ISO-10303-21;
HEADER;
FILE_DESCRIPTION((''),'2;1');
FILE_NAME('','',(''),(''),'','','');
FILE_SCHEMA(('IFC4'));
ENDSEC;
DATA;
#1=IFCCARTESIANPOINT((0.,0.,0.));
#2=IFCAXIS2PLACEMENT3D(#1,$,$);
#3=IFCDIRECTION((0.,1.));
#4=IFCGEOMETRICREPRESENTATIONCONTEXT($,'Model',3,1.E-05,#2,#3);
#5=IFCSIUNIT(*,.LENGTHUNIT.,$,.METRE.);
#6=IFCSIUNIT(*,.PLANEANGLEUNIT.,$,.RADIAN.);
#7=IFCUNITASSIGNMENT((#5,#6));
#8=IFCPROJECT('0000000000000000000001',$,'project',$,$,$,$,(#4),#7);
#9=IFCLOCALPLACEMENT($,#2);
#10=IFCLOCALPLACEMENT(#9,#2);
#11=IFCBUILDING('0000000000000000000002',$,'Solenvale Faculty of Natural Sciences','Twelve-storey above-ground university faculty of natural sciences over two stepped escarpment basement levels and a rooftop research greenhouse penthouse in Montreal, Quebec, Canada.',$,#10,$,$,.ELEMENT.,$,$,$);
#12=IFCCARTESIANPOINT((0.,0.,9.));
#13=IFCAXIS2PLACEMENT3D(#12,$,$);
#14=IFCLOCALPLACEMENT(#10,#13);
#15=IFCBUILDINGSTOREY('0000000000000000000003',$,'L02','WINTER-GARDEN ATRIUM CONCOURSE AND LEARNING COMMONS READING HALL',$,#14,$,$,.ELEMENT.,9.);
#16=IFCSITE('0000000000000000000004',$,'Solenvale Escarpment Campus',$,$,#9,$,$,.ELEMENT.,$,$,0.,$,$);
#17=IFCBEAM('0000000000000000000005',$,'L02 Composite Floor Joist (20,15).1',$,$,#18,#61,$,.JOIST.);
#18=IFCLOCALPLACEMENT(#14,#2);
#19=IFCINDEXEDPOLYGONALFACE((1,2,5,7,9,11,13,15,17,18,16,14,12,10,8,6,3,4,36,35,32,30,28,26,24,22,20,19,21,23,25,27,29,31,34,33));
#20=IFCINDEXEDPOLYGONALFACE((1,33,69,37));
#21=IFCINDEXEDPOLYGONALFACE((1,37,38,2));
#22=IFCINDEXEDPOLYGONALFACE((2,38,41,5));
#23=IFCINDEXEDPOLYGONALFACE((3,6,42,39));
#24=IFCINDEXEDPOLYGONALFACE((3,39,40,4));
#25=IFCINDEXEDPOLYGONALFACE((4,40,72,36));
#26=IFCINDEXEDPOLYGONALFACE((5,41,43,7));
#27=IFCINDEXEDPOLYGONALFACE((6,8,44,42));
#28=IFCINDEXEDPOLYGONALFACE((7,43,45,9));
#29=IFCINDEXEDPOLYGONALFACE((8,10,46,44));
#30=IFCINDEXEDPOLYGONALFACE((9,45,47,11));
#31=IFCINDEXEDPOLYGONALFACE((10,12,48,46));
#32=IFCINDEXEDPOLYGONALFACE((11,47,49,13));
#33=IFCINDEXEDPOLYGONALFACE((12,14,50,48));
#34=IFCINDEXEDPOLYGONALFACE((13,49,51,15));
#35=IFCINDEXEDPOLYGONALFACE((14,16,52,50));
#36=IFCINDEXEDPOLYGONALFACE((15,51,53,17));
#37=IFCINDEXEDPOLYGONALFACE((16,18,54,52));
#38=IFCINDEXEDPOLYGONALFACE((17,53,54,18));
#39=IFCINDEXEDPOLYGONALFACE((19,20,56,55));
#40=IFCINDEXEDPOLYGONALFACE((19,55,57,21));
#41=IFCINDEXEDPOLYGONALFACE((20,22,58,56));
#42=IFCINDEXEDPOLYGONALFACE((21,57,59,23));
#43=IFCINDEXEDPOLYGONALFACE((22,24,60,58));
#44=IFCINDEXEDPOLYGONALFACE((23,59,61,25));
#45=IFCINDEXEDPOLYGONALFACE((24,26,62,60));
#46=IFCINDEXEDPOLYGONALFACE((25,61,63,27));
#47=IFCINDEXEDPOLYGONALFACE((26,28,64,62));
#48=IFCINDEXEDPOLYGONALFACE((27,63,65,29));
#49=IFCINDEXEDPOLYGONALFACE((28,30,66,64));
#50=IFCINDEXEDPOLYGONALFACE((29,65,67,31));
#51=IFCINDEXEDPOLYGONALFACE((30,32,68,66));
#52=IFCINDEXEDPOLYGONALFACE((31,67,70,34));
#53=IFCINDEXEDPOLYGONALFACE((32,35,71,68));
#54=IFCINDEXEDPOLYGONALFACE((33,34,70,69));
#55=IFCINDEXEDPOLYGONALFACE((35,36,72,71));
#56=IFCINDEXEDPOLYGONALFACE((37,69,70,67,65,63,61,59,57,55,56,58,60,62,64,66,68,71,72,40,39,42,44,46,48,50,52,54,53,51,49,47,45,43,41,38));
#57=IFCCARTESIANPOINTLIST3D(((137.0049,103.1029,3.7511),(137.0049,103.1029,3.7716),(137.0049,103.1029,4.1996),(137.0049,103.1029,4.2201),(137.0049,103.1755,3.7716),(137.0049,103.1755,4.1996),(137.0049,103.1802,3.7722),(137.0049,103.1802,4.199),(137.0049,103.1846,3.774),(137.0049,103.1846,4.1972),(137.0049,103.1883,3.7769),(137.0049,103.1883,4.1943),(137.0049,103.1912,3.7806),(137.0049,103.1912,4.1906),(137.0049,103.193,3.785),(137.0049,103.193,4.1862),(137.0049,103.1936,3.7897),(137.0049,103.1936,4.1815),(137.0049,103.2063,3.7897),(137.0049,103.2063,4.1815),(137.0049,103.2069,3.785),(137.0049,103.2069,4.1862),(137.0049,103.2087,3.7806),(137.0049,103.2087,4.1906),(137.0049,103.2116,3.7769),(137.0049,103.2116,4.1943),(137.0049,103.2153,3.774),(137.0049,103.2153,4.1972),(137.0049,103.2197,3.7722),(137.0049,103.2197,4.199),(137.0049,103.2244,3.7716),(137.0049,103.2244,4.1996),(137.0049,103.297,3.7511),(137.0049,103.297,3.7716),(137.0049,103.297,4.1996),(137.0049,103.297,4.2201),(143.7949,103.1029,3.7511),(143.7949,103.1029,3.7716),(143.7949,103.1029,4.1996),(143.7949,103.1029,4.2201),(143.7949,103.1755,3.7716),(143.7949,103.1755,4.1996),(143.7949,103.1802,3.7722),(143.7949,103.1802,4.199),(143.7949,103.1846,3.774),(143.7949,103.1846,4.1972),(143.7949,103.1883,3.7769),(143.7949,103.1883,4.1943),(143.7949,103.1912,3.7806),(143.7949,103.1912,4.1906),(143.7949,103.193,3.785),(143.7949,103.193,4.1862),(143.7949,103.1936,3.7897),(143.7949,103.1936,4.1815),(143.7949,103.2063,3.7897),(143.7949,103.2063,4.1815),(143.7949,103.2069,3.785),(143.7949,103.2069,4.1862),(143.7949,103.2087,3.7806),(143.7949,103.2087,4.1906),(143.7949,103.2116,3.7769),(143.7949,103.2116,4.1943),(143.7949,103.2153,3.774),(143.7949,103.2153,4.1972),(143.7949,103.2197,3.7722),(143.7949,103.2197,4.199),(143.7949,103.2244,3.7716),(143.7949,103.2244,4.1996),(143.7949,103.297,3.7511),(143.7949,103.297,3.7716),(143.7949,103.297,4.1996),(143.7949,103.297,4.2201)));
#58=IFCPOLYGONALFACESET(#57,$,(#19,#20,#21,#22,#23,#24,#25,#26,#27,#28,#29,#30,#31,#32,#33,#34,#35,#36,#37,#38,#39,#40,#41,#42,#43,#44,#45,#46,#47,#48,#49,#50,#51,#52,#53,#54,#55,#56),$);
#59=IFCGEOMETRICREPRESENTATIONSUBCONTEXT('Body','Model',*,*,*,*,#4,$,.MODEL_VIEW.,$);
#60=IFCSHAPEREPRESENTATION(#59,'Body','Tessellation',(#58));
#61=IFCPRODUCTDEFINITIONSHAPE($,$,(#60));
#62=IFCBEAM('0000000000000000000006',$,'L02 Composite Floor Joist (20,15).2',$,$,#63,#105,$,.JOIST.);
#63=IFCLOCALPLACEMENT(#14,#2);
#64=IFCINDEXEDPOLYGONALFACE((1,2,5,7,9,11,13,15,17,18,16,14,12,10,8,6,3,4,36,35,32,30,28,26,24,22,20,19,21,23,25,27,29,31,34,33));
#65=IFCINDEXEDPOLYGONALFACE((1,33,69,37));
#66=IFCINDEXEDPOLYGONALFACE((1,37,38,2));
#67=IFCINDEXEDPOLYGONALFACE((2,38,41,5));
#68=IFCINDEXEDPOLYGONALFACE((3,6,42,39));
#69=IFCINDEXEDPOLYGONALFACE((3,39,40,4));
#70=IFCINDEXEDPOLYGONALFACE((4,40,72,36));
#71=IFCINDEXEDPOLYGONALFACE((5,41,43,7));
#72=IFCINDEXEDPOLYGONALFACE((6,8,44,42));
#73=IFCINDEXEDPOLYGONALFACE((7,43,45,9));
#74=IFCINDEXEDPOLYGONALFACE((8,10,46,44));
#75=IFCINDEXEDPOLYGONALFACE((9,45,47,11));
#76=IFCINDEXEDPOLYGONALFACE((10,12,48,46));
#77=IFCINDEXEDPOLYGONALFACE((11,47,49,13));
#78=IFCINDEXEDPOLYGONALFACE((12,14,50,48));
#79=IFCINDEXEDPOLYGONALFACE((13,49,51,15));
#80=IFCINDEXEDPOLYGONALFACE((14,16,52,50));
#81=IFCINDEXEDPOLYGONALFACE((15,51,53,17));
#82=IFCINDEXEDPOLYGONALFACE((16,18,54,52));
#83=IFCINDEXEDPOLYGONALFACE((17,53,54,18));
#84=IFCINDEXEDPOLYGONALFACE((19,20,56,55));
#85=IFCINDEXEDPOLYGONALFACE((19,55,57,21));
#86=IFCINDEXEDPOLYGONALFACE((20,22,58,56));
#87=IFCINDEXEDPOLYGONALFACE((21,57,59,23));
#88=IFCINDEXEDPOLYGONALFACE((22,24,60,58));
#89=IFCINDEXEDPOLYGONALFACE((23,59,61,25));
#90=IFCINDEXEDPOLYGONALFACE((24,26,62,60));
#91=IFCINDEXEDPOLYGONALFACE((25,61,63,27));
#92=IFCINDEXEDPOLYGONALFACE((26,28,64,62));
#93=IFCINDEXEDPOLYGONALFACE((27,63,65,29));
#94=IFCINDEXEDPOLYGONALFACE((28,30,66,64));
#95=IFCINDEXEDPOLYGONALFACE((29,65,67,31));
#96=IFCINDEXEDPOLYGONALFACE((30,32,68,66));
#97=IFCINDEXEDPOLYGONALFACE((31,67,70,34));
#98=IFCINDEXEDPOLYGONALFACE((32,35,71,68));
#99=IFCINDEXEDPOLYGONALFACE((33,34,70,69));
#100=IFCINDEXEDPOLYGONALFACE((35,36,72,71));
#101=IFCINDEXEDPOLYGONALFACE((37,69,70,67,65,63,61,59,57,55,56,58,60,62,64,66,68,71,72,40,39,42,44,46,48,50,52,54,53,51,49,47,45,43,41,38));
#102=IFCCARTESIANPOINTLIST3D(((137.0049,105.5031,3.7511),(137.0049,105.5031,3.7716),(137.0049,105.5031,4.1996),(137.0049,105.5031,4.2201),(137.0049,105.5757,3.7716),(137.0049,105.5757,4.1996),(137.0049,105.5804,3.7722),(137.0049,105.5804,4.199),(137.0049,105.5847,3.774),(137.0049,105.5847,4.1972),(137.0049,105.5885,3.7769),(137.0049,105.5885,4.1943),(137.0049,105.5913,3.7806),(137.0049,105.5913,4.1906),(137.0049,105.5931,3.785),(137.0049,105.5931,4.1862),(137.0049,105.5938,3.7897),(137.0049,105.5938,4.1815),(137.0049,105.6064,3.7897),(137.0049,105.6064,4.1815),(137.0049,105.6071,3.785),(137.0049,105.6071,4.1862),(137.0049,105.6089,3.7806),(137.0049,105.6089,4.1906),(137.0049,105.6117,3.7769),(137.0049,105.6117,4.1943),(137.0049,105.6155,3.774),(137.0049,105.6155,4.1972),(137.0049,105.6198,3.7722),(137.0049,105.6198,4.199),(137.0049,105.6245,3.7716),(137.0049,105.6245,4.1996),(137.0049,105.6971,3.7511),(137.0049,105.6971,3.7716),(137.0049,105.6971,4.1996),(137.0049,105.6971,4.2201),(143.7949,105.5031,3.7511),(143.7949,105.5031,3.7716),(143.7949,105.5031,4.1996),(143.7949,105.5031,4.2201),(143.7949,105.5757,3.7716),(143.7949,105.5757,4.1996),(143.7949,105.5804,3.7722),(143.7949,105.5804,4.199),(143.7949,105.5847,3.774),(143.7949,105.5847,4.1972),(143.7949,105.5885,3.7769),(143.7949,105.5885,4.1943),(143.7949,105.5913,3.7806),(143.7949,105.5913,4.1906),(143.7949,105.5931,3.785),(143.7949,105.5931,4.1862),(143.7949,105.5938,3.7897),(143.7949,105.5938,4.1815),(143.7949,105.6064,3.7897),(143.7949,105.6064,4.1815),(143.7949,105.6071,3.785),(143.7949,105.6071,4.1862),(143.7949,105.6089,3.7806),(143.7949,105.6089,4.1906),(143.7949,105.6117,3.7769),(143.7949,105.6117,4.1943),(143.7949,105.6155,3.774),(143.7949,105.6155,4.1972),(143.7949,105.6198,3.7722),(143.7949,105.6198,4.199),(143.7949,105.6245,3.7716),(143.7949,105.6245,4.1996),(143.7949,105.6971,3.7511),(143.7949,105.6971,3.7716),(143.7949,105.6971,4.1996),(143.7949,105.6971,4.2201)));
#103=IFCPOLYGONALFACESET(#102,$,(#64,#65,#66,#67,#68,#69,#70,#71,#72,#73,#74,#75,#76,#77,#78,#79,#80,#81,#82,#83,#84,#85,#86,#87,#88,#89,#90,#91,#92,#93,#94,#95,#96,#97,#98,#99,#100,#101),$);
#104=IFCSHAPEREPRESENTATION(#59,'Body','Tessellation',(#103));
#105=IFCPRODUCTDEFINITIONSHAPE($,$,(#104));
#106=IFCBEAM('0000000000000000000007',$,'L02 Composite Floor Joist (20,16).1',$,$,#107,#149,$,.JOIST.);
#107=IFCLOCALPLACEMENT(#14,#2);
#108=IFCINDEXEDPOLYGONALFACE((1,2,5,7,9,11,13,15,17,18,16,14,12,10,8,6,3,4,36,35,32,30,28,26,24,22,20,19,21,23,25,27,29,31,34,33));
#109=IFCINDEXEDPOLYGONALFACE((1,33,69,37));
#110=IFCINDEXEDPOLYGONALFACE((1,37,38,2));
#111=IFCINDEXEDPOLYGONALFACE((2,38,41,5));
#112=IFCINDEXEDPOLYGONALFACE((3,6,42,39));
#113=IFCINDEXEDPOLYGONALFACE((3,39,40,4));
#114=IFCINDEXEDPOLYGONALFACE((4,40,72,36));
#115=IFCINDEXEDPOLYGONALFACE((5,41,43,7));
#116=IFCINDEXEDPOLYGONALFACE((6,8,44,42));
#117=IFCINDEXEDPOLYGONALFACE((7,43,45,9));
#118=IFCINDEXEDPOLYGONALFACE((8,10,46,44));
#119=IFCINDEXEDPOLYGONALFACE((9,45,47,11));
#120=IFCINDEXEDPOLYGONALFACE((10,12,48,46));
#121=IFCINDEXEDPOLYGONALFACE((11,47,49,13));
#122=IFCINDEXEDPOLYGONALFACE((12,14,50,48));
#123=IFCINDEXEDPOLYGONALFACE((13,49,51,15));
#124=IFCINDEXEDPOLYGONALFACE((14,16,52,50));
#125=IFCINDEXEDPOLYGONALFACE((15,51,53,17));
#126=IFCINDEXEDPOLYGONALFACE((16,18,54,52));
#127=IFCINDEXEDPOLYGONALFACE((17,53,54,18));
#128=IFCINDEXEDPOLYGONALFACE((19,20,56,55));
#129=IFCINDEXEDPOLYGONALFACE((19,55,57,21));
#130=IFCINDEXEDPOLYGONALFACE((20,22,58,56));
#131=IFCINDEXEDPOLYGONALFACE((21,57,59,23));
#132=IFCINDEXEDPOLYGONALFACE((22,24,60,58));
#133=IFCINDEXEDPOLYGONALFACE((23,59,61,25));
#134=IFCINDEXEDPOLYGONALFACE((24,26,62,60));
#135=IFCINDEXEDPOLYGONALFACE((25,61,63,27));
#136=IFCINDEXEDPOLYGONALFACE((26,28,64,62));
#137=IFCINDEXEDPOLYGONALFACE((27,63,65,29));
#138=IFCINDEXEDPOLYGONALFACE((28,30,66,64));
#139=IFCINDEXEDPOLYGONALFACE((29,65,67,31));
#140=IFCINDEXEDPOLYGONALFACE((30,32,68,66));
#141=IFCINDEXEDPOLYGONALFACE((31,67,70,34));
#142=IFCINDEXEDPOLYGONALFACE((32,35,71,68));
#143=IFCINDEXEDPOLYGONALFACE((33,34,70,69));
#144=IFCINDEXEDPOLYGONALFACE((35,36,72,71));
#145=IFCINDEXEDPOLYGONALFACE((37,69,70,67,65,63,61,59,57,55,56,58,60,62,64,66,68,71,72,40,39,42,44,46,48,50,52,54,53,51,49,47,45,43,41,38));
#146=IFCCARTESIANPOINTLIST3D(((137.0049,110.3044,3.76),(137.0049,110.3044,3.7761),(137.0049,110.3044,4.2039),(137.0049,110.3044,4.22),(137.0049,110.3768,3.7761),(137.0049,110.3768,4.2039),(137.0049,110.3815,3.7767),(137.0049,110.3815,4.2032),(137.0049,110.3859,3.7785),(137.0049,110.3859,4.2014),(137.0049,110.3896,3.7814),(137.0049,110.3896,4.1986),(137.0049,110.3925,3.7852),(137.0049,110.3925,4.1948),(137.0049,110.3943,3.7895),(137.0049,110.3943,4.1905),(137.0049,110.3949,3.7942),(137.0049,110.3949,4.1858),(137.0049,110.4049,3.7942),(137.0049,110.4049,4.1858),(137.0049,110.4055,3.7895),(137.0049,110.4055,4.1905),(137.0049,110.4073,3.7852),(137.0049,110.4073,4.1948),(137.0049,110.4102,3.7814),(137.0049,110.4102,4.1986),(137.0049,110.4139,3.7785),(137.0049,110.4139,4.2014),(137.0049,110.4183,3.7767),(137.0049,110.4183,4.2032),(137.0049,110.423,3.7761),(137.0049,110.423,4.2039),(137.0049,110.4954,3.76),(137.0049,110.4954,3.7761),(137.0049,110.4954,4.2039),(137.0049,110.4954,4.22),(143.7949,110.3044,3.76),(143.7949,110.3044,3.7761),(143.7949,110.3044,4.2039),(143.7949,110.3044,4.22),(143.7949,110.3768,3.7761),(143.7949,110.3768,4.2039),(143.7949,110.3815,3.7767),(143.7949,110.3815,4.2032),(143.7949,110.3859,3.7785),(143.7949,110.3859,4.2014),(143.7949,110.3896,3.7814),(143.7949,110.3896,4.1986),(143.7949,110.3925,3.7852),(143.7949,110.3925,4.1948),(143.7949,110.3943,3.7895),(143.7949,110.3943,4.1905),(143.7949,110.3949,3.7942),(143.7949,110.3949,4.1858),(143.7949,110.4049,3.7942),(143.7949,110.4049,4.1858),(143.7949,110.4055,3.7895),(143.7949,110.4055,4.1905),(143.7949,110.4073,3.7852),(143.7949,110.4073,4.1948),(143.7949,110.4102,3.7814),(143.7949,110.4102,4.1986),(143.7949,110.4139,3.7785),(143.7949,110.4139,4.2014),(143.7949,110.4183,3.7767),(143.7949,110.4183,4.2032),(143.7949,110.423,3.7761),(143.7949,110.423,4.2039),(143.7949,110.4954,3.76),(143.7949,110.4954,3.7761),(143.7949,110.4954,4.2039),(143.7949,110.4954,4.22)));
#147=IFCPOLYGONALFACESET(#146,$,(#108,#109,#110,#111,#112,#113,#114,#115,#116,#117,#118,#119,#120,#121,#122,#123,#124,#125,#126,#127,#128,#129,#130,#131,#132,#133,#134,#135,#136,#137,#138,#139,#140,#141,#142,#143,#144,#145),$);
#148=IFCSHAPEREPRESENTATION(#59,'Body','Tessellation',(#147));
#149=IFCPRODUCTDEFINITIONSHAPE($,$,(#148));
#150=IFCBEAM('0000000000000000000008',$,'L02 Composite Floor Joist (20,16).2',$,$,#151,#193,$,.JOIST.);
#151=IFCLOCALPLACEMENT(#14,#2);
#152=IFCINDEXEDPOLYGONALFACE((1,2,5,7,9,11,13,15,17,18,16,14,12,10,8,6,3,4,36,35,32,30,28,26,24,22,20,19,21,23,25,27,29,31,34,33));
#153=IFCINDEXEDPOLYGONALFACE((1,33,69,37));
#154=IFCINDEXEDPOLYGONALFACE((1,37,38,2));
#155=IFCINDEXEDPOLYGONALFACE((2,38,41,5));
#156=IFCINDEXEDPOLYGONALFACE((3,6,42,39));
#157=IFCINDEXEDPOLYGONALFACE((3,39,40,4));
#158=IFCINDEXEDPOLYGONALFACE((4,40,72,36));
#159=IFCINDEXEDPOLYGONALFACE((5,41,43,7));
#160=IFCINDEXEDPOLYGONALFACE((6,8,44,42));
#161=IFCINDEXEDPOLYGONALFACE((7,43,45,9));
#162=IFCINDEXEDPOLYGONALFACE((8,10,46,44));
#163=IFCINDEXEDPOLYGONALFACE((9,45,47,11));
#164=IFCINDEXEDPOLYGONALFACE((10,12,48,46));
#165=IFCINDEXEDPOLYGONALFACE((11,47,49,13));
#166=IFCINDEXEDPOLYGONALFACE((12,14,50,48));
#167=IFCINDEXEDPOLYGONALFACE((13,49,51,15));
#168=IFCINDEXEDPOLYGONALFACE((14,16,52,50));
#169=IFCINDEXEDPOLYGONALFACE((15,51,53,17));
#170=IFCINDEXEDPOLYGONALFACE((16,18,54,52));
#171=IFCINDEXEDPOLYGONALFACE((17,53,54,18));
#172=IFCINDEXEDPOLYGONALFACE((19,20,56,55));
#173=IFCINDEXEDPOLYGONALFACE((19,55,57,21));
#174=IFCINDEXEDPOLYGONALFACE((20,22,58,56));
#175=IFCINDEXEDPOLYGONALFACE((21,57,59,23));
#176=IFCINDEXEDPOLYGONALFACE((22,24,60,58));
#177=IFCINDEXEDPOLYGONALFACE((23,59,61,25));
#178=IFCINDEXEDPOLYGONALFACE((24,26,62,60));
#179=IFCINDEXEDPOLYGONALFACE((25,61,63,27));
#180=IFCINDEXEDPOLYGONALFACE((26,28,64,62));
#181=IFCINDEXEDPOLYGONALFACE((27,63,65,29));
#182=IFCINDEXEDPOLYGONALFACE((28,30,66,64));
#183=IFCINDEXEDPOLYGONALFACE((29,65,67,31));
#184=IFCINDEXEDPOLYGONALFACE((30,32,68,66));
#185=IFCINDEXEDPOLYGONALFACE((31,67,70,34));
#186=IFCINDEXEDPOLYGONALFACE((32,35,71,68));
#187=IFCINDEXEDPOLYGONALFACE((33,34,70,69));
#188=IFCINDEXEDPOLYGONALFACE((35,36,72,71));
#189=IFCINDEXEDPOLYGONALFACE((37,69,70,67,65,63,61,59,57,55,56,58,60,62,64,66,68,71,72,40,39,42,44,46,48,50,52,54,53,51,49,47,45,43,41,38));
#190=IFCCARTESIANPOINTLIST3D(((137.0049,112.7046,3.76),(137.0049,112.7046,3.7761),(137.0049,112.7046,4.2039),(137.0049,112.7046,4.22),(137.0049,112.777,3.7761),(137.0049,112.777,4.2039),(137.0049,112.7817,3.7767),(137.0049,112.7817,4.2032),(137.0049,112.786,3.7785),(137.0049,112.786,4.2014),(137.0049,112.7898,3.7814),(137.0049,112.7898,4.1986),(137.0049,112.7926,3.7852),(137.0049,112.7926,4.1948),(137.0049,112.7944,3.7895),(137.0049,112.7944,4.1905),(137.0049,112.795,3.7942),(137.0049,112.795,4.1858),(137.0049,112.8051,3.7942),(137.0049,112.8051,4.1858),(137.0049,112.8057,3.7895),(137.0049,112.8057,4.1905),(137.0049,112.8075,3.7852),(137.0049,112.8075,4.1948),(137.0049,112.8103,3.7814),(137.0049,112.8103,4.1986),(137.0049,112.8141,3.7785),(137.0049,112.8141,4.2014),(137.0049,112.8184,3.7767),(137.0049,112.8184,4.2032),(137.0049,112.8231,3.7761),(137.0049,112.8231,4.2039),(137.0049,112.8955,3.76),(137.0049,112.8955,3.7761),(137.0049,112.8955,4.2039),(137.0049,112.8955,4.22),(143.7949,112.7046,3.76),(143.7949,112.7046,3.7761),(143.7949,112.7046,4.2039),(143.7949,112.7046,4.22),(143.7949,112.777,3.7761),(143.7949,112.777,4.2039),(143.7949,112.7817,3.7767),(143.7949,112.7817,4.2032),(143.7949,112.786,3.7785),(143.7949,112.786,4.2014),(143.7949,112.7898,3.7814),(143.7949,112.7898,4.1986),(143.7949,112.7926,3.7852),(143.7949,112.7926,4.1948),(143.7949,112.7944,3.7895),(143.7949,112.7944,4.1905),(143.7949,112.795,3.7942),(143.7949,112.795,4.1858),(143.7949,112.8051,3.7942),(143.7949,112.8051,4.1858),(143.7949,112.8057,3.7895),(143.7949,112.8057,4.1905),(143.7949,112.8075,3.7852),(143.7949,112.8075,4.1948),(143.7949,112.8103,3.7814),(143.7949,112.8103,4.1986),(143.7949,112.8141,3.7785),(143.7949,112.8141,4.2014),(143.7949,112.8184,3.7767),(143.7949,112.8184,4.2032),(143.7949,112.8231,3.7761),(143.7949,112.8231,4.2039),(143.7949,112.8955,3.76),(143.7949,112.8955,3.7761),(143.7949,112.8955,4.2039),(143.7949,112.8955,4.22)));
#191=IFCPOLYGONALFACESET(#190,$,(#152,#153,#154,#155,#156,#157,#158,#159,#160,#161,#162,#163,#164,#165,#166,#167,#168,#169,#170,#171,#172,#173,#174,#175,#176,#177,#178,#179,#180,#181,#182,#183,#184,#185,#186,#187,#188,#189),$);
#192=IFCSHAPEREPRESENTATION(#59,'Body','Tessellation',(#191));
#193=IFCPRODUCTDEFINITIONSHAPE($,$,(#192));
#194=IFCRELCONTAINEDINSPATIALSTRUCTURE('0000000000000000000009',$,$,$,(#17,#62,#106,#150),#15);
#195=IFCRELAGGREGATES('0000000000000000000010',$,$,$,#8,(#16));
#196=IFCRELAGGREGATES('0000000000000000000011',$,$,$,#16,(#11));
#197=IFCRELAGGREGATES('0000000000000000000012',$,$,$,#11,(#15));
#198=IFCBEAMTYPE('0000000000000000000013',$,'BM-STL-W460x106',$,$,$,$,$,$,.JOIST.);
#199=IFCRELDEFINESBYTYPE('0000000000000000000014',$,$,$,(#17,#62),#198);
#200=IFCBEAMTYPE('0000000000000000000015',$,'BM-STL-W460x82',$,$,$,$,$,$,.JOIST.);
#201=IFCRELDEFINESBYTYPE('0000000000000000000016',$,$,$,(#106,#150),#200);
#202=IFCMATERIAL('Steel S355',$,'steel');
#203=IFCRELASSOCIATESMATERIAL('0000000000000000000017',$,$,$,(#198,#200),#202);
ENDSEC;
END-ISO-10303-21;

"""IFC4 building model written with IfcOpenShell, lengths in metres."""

from ifc_helpers import new_model, si_unit, direction, frame, origin, origin_2d, place, context, subcontext, project, spatial, i_section, extrude, material, material_profile, profile_set, type_object, element, save


model = new_model("IFC4")

# Units and contexts
model_context = context("Model", 3, precision=1e-05, world=origin(), true_north=direction((0.0, 1.0)))
body_context = subcontext(model_context, "Body", "Model", "MODEL_VIEW")
ifc_project = project(units=[si_unit("LENGTHUNIT", "METRE"), si_unit("PLANEANGLEUNIT", "RADIAN")], contexts=[model_context])

# Site, building, storey
site_placement = place(None, origin())
site = spatial("IfcSite", under=ifc_project, at=site_placement, Name="Solenvale Escarpment Campus", CompositionType="ELEMENT", RefElevation=0.0)
building_placement = place(site_placement, origin())
building = spatial("IfcBuilding", under=site, at=building_placement, Name="Solenvale Faculty of Natural Sciences", Description="Twelve-storey above-ground university faculty of natural sciences over two stepped escarpment basement levels and a rooftop research greenhouse penthouse in Montreal, Quebec, Canada.", CompositionType="ELEMENT")
storey_placement = place(building_placement, frame((0.0, 0.0, 9.0)))
storey = spatial("IfcBuildingStorey", under=building, at=storey_placement, Name="L02", Description="WINTER-GARDEN ATRIUM CONCOURSE AND LEARNING COMMONS READING HALL", CompositionType="ELEMENT", Elevation=9.0)

# Beams
ifc_material_1 = material(Name="Steel S355", Category="steel")
ifc_material_profile_1 = material_profile(ifc_material_1, i_section(OverallWidth=0.1941, OverallDepth=0.469, WebThickness=0.0127, FlangeThickness=0.0205, FilletRadius=0.0181, at=origin_2d()), Name="W460x106")
ifc_profile_set_1 = profile_set([ifc_material_profile_1], Name="Steel S355")
beam_type_1 = type_object("IfcBeamType", Name="BM-STL-W460x106", PredefinedType="JOIST", material=ifc_profile_set_1)
for number, where, z_axis, x_axis, name in (
    (1, (137.0049, 103.2, 3.9856), (1.0, 0.0, 0.0), (0.0, 1.0, 0.0), "L02 Composite Floor Joist (20,15).1"),
    (2, (137.0049, 105.6001, 3.9856), (1.0, 0.0, 0.0), (0.0, 1.0, 0.0), "L02 Composite Floor Joist (20,15).2"),
):
    element("IfcBeam", number, at=place(storey_placement, frame(where, z_axis=z_axis, x_axis=x_axis)), inside=storey, type_object=beam_type_1, Name=name, PredefinedType="JOIST", context=body_context, shape_type="SweptSolid", body=[
        extrude(i_section(OverallWidth=0.1941, OverallDepth=0.469, WebThickness=0.0127, FlangeThickness=0.0205, FilletRadius=0.0181, at=origin_2d()), origin(), (0.0, 0.0, 1.0), 6.79),
    ])
ifc_material_profile_2 = material_profile(ifc_material_1, i_section(OverallWidth=0.1909, OverallDepth=0.46, WebThickness=0.01, FlangeThickness=0.0161, FilletRadius=0.0181, at=origin_2d()), Name="W460x82")
ifc_profile_set_2 = profile_set([ifc_material_profile_2], Name="Steel S355")
beam_type_2 = type_object("IfcBeamType", Name="BM-STL-W460x82", PredefinedType="JOIST", material=ifc_profile_set_2)
for number, where, z_axis, x_axis, name in (
    (3, (137.0049, 110.3999, 3.99), (1.0, 0.0, 0.0), (0.0, 1.0, 0.0), "L02 Composite Floor Joist (20,16).1"),
    (4, (137.0049, 112.8, 3.99), (1.0, 0.0, 0.0), (0.0, 1.0, 0.0), "L02 Composite Floor Joist (20,16).2"),
):
    element("IfcBeam", number, at=place(storey_placement, frame(where, z_axis=z_axis, x_axis=x_axis)), inside=storey, type_object=beam_type_2, Name=name, PredefinedType="JOIST", context=body_context, shape_type="SweptSolid", body=[
        extrude(i_section(OverallWidth=0.1909, OverallDepth=0.46, WebThickness=0.01, FlangeThickness=0.0161, FilletRadius=0.0181, at=origin_2d()), origin(), (0.0, 0.0, 1.0), 6.79),
    ])

save(model, "model.ifc")
